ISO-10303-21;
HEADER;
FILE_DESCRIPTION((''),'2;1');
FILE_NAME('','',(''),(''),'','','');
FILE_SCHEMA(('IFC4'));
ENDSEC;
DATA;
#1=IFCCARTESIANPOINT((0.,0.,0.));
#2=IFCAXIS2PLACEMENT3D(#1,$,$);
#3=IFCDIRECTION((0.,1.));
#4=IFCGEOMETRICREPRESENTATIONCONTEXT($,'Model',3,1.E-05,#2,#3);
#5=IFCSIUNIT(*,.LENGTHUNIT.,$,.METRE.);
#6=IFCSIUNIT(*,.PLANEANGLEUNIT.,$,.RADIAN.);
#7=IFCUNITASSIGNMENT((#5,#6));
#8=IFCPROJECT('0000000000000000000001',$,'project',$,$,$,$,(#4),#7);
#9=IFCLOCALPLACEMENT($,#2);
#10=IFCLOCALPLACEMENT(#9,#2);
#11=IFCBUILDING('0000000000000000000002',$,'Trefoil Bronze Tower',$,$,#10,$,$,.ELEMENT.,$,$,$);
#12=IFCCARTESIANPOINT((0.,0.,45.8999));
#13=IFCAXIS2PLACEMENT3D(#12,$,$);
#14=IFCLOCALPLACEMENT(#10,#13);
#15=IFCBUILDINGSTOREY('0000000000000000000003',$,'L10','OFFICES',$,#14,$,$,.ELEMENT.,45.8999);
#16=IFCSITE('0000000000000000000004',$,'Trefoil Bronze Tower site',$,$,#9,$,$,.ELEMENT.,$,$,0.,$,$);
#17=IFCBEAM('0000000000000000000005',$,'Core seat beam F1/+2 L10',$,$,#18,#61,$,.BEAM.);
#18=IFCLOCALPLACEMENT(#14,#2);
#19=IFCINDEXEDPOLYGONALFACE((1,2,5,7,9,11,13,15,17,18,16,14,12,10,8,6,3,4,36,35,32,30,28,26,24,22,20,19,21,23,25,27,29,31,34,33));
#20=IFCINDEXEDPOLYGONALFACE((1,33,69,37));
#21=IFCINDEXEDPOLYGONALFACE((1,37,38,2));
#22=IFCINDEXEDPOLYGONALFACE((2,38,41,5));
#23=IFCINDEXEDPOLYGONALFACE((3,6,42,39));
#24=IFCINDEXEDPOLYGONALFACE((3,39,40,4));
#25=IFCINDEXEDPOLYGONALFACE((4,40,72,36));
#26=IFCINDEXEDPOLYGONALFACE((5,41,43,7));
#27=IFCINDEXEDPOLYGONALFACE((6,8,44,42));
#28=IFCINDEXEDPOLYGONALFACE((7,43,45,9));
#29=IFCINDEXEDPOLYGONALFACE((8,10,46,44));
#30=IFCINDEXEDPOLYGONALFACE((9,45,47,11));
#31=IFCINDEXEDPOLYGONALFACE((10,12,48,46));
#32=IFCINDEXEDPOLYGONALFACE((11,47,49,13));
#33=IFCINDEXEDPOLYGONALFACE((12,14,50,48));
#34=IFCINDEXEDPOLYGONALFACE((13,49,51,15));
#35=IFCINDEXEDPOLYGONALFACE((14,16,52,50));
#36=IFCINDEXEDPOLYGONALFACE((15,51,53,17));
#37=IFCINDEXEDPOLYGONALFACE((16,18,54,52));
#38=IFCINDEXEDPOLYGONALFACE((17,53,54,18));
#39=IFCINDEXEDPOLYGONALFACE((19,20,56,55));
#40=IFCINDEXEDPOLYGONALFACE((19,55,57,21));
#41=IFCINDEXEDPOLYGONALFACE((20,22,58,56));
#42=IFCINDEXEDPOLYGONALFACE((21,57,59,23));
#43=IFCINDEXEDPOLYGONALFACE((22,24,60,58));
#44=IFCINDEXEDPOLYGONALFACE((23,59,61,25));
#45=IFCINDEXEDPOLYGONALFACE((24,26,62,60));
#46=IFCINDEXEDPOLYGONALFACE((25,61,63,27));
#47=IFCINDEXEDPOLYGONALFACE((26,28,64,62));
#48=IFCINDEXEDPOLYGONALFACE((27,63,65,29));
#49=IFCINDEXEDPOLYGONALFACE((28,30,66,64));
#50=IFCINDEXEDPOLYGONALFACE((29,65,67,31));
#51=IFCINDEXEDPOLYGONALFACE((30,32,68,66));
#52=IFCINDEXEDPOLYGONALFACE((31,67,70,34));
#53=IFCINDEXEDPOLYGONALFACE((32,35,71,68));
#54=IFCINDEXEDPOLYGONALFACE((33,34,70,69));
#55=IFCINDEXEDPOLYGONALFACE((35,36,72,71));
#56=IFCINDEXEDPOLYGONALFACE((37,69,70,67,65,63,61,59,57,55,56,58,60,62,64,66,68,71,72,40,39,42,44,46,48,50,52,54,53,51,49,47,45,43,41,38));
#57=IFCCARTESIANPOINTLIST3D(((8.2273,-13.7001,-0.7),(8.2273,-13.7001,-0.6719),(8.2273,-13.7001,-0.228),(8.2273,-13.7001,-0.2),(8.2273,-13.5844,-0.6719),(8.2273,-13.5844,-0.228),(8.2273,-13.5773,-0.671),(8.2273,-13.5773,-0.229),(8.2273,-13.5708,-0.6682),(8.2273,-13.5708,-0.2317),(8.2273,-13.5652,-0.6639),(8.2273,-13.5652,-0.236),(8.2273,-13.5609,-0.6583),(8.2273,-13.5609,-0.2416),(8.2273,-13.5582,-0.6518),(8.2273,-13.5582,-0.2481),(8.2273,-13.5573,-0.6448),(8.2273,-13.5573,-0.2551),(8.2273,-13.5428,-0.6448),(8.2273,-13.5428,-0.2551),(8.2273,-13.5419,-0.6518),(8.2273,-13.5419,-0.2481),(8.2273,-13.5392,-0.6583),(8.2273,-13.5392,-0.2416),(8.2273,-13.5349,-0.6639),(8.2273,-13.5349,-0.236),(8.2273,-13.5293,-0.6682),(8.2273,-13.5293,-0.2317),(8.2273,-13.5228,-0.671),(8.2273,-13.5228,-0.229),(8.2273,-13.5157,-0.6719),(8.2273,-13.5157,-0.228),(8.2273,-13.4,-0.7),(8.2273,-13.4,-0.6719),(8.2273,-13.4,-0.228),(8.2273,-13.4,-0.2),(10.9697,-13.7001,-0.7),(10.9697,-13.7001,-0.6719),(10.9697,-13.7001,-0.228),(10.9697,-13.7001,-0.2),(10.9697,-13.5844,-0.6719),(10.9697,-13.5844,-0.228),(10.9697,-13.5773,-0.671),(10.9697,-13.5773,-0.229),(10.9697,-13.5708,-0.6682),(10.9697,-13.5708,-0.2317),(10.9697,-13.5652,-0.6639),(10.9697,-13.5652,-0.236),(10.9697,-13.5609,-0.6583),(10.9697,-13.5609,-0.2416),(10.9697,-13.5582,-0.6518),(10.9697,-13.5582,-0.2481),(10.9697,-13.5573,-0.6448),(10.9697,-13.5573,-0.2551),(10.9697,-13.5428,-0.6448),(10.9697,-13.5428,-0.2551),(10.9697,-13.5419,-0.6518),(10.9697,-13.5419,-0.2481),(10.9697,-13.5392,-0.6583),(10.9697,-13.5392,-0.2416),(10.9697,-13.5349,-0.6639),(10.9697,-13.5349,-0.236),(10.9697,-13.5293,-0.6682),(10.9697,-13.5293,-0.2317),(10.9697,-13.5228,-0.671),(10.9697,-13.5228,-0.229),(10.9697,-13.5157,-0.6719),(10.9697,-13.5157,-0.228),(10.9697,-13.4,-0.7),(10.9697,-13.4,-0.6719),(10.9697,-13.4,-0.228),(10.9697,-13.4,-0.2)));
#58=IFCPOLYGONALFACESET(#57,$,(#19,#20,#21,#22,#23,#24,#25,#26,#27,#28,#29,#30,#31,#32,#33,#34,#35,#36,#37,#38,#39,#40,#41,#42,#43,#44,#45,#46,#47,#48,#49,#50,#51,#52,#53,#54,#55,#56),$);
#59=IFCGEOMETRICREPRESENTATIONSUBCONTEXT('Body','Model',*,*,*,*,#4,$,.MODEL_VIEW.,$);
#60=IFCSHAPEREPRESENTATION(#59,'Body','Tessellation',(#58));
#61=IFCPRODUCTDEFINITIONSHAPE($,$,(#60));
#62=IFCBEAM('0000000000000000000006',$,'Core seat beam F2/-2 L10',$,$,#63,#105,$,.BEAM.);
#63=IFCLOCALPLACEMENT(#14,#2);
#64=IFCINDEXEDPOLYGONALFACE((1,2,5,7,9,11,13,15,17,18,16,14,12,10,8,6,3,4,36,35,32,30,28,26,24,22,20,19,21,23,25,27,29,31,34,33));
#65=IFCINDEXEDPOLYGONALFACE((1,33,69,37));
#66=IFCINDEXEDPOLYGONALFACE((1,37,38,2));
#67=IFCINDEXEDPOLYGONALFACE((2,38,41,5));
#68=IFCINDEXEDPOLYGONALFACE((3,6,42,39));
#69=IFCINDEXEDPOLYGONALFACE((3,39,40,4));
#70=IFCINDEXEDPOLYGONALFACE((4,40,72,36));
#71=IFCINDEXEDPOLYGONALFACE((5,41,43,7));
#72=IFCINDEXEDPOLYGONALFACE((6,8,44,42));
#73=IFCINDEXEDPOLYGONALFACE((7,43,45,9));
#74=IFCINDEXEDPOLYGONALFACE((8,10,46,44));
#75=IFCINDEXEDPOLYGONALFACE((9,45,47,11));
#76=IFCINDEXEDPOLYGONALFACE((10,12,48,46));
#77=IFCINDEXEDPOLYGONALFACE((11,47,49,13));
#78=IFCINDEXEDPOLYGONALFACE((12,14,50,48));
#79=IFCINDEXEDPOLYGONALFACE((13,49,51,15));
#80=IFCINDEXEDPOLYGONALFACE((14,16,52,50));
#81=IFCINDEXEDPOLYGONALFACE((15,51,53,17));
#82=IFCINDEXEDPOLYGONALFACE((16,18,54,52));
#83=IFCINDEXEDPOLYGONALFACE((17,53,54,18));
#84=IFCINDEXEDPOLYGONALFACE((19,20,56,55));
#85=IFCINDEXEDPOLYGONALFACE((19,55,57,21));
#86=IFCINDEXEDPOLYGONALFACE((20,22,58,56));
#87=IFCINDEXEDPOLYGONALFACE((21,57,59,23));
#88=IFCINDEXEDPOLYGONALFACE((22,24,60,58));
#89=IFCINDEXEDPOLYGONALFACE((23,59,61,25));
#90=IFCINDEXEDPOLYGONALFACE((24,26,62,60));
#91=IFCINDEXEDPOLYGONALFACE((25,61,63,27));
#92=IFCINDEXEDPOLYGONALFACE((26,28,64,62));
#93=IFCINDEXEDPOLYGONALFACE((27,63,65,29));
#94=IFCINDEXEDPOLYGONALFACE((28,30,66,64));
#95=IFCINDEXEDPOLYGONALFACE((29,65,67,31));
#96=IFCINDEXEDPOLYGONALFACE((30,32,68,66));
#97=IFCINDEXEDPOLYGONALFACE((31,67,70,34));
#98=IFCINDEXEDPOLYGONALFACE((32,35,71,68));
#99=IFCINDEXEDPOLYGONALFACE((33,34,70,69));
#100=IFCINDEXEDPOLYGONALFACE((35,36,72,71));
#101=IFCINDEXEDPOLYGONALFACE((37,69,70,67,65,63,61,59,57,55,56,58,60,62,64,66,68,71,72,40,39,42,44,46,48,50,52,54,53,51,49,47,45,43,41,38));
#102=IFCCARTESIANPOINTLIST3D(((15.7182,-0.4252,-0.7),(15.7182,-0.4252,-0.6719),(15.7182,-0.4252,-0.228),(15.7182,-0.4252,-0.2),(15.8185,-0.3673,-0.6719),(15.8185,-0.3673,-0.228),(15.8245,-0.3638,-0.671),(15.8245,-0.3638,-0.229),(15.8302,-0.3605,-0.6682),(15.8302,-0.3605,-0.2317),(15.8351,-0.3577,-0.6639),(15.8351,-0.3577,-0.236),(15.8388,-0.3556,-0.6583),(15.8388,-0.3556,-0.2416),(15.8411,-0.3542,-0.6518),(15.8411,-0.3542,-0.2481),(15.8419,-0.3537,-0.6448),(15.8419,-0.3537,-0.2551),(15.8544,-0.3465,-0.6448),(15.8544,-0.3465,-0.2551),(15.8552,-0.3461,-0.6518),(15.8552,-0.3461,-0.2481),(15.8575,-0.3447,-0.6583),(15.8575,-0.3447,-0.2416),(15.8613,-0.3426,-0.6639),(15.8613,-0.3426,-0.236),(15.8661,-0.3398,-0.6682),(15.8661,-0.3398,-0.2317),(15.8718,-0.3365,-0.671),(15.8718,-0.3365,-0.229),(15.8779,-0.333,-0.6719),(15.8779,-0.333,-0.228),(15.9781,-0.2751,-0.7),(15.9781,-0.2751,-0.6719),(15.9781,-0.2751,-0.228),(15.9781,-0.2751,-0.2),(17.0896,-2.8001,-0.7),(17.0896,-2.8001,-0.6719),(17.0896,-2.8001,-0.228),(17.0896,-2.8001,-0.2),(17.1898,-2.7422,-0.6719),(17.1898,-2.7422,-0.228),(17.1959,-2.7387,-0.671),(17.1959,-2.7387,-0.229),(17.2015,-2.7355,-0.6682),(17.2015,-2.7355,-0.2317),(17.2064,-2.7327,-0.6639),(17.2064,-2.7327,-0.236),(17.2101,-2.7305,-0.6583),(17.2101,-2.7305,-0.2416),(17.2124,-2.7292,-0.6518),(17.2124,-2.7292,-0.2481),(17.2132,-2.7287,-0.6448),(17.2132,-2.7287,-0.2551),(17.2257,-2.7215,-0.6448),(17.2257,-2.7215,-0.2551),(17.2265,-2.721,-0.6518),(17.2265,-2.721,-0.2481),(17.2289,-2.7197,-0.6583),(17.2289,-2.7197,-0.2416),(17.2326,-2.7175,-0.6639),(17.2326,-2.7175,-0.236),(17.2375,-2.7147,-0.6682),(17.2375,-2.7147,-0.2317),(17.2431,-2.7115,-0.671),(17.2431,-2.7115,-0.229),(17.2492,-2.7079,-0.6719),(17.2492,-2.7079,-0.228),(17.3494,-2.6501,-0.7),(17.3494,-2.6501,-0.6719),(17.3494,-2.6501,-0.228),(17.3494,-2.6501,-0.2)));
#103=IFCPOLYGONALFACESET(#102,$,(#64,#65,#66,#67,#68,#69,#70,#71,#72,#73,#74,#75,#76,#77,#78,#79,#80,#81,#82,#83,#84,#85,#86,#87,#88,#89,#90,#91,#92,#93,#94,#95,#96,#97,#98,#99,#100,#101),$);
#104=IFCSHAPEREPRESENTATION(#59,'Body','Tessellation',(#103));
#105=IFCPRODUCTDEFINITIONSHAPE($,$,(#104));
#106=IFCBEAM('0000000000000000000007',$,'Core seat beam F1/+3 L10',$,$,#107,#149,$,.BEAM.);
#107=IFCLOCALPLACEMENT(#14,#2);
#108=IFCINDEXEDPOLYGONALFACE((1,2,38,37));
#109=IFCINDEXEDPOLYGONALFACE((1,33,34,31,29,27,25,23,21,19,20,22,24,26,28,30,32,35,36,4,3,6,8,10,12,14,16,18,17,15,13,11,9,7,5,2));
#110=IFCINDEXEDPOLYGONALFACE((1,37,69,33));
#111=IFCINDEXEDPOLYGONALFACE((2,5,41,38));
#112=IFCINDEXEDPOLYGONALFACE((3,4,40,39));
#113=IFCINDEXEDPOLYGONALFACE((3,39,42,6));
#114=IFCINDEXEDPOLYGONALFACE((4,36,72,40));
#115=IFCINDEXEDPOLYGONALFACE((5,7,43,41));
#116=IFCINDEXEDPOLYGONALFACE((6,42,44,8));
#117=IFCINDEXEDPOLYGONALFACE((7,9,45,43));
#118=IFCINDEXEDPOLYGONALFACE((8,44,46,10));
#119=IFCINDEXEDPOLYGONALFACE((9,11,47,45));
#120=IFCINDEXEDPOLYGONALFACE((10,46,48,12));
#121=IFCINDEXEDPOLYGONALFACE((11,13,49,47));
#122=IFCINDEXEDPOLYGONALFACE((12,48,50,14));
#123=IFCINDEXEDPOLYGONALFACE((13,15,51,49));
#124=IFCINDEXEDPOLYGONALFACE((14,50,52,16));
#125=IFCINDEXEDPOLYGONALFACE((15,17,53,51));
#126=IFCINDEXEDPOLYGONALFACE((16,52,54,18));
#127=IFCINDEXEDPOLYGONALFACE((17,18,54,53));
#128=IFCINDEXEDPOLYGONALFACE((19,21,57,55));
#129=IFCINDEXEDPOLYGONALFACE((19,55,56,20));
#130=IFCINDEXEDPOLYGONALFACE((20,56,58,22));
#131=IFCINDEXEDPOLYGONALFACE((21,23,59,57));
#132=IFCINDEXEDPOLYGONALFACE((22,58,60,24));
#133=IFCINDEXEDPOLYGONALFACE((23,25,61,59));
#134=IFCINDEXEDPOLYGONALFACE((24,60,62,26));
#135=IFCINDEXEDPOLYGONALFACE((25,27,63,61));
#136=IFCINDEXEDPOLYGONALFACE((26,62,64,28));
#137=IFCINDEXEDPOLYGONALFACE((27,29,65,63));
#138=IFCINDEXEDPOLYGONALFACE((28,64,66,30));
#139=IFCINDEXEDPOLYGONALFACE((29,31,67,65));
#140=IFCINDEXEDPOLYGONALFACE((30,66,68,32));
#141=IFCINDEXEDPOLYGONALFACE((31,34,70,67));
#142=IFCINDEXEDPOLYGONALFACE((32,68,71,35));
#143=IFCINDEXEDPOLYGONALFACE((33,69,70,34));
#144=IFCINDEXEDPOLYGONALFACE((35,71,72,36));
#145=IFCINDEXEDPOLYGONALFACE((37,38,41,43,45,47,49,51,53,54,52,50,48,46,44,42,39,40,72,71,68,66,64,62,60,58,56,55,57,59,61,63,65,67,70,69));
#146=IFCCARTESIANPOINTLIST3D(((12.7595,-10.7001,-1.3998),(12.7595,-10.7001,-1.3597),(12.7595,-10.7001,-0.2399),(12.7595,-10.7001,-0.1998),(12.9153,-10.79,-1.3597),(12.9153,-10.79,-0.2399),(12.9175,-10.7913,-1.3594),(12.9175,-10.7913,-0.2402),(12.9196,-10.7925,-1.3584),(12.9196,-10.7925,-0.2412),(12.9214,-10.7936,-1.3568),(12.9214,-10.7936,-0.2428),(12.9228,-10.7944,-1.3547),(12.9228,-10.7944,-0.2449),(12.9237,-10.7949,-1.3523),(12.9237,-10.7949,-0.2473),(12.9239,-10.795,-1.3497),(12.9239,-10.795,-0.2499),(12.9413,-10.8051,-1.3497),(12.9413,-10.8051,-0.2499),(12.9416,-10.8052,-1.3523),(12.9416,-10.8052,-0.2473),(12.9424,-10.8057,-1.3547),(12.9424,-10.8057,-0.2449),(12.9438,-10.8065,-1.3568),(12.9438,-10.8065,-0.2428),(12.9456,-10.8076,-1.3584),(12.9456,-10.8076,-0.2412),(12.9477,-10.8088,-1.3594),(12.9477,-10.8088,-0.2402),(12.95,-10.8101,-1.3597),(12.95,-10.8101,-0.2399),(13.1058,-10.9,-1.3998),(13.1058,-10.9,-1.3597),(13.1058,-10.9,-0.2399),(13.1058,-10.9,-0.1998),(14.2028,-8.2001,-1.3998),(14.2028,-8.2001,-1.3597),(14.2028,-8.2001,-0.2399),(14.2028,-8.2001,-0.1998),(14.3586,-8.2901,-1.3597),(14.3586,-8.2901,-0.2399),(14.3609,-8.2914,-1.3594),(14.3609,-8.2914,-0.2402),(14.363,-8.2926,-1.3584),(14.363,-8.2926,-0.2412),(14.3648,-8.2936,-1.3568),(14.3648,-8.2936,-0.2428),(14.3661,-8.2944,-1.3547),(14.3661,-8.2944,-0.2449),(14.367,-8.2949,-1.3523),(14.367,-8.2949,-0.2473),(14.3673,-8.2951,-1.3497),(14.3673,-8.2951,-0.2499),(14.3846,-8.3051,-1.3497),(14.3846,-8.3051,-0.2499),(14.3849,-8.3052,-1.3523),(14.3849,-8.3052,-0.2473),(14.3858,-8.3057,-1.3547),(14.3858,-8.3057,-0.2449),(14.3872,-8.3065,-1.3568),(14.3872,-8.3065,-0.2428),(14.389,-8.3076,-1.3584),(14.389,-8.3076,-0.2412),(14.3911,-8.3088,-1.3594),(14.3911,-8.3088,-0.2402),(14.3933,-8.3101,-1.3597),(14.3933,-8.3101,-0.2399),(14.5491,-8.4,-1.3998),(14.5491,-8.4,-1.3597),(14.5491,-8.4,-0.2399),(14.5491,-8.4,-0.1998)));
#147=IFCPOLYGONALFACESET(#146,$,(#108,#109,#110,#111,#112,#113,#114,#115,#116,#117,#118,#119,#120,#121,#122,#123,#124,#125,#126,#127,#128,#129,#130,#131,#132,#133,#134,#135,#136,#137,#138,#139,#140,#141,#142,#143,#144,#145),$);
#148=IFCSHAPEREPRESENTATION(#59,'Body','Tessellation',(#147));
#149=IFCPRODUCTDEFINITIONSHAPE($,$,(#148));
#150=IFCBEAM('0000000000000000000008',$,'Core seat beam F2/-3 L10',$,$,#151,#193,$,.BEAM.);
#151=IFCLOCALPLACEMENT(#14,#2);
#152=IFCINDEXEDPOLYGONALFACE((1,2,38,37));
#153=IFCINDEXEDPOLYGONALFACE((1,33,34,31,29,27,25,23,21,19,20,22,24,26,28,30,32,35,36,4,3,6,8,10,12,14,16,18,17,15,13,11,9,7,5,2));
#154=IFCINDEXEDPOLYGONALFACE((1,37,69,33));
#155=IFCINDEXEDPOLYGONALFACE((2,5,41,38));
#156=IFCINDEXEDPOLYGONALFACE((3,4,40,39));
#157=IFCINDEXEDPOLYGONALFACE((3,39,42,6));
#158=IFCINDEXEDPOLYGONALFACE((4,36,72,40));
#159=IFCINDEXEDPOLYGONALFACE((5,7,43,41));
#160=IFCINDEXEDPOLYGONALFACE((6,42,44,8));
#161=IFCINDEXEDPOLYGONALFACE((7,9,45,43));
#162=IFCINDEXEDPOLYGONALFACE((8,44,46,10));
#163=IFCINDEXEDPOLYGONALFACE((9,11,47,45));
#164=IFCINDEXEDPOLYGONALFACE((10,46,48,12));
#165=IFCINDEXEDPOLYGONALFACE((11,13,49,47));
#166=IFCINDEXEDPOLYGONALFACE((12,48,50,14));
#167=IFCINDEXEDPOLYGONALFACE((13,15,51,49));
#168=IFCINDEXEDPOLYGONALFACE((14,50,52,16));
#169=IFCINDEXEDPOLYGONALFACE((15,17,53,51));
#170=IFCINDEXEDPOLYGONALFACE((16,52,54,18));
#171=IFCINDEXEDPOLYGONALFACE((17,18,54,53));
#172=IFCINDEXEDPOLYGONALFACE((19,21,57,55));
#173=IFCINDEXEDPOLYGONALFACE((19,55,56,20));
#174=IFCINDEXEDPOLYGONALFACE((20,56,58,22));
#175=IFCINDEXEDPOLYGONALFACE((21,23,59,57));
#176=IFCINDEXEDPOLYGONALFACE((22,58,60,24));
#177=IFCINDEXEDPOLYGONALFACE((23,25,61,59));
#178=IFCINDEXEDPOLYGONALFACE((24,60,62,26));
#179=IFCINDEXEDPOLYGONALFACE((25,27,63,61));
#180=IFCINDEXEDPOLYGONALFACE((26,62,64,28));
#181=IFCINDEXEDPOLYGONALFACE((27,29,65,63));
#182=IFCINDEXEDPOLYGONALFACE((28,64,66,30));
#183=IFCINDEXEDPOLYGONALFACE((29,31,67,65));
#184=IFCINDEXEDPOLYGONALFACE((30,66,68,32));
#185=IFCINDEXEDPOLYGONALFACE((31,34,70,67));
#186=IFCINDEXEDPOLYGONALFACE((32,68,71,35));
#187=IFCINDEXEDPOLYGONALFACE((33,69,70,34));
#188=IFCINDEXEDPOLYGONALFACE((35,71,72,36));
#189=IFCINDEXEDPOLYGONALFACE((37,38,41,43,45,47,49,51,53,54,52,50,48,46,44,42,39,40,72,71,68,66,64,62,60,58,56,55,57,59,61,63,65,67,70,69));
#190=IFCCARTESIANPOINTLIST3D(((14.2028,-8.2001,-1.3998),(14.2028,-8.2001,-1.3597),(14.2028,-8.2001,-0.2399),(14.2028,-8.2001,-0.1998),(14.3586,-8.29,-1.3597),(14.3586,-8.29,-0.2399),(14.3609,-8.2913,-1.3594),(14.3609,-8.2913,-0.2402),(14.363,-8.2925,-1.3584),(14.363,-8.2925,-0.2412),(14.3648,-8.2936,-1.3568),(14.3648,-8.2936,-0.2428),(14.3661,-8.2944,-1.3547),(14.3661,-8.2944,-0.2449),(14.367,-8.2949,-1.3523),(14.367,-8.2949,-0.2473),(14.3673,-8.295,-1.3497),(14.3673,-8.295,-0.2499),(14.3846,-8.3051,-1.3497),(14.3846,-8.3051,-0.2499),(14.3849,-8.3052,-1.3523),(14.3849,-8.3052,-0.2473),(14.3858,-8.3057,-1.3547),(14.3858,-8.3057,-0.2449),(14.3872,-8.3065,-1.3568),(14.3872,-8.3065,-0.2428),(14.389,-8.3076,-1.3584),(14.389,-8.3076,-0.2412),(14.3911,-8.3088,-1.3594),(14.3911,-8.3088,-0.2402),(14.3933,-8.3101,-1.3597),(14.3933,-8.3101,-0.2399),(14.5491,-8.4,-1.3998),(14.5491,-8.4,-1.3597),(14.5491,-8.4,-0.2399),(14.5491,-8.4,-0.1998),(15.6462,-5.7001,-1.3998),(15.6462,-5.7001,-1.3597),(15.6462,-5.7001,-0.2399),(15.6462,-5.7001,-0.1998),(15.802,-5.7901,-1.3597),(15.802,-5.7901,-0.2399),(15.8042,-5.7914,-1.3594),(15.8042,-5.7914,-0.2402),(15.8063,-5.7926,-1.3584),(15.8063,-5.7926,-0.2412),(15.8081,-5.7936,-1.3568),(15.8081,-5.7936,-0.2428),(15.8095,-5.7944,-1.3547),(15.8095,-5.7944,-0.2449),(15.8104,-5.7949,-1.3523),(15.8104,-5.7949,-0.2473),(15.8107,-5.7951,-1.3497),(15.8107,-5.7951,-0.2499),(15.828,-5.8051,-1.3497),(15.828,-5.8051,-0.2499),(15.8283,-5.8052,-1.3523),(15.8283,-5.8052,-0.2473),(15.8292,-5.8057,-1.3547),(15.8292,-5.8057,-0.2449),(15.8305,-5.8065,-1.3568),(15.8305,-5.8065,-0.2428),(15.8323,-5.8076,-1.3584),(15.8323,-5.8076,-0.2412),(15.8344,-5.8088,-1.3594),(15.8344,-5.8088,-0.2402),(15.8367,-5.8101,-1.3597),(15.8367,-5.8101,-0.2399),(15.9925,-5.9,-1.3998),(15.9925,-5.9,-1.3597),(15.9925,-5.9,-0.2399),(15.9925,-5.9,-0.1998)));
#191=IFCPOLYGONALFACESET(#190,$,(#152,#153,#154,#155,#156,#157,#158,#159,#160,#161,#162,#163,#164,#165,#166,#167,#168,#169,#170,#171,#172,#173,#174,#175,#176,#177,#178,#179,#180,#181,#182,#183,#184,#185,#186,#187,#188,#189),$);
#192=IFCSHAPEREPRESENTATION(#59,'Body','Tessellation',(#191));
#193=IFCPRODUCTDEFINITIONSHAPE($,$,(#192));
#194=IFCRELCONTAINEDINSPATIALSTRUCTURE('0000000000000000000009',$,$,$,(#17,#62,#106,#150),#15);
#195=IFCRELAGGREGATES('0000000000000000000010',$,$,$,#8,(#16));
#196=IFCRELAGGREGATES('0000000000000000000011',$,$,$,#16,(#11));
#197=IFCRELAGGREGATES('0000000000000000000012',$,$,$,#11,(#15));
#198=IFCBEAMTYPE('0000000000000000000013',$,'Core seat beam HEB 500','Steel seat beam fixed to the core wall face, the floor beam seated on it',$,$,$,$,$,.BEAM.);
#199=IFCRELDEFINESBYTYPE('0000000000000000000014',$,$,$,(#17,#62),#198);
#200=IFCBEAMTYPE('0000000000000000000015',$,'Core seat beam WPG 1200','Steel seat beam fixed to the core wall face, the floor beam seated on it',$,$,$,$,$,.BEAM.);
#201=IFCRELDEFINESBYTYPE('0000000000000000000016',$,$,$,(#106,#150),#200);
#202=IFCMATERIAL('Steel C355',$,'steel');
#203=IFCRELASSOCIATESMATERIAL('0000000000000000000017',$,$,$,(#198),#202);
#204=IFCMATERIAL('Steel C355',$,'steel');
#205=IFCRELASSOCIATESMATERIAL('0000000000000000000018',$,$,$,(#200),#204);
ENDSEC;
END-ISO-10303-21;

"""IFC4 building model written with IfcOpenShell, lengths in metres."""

from ifc_helpers import new_model, si_unit, direction, frame, origin, origin_2d, place, context, subcontext, project, spatial, i_section, extrude, material, material_profile, profile_set, type_object, element, save


model = new_model("IFC4")

# Units and contexts
model_context = context("Model", 3, precision=1e-05, world=origin(), true_north=direction((0.0, 1.0)))
body_context = subcontext(model_context, "Body", "Model", "MODEL_VIEW")
ifc_project = project(units=[si_unit("LENGTHUNIT", "METRE"), si_unit("PLANEANGLEUNIT", "RADIAN")], contexts=[model_context])

# Site, building, storey
site_placement = place(None, origin())
site = spatial("IfcSite", under=ifc_project, at=site_placement, Name="Trefoil Bronze Tower site", CompositionType="ELEMENT", RefElevation=0.0)
building_placement = place(site_placement, origin())
building = spatial("IfcBuilding", under=site, at=building_placement, Name="Trefoil Bronze Tower", CompositionType="ELEMENT")
storey_placement = place(building_placement, frame((0.0, 0.0, 45.8999)))
storey = spatial("IfcBuildingStorey", under=building, at=storey_placement, Name="L10", Description="OFFICES", CompositionType="ELEMENT", Elevation=45.8999)

# Beams
ifc_material_1 = material(Name="Steel C355", Category="steel")
ifc_material_profile_1 = material_profile(ifc_material_1, i_section(OverallWidth=0.3, OverallDepth=0.5, WebThickness=0.0144, FlangeThickness=0.0281, FilletRadius=0.0271, at=origin_2d()), Name="HEB 500")
ifc_profile_set_1 = profile_set([ifc_material_profile_1], Name="Steel C355")
beam_type_1 = type_object("IfcBeamType", Name="Core seat beam HEB 500", Description="Steel seat beam fixed to the core wall face, the floor beam seated on it", PredefinedType="BEAM", material=ifc_profile_set_1)
for number, where, z_axis, x_axis, name in (
    (1, (8.2273, -13.55, -0.45), (1.0, 0.0, 0.0), (0.0, 1.0, 0.0), "Core seat beam F1/+2 L10"),
    (2, (17.2195, -2.7251, -0.45), (-0.500036, 0.866005, 0.0), (-0.866005, -0.500036, 0.0), "Core seat beam F2/-2 L10"),
):
    element("IfcBeam", number, at=place(storey_placement, frame(where, z_axis=z_axis, x_axis=x_axis)), inside=storey, type_object=beam_type_1, Name=name, PredefinedType="BEAM", context=body_context, shape_type="SweptSolid", body=[
        extrude(i_section(OverallWidth=0.3, OverallDepth=0.5, WebThickness=0.0144, FlangeThickness=0.0281, FilletRadius=0.0271, at=origin_2d()), origin(), (0.0, 0.0, 1.0), 2.7424),
    ])
ifc_material_2 = material(Name="Steel C355", Category="steel")
ifc_material_profile_2 = material_profile(ifc_material_2, i_section(OverallWidth=0.3999, OverallDepth=1.2, WebThickness=0.02, FlangeThickness=0.04, FilletRadius=0.01, at=origin_2d()), Name="WPG 1200")
ifc_profile_set_2 = profile_set([ifc_material_profile_2], Name="Steel C355")
beam_type_2 = type_object("IfcBeamType", Name="Core seat beam WPG 1200", Description="Steel seat beam fixed to the core wall face, the floor beam seated on it", PredefinedType="BEAM", material=ifc_profile_set_2)
for number, where, z_axis, x_axis, name in (
    (3, (12.9326, -10.8, -0.7998), (0.499996, 0.866028, 0.0), (-0.866028, 0.499996, 0.0), "Core seat beam F1/+3 L10"),
    (4, (14.376, -8.3, -0.7998), (0.499996, 0.866028, 0.0), (-0.866028, 0.499996, 0.0), "Core seat beam F2/-3 L10"),
):
    element("IfcBeam", number, at=place(storey_placement, frame(where, z_axis=z_axis, x_axis=x_axis)), inside=storey, type_object=beam_type_2, Name=name, PredefinedType="BEAM", context=body_context, shape_type="SweptSolid", body=[
        extrude(i_section(OverallWidth=0.3999, OverallDepth=1.2, WebThickness=0.02, FlangeThickness=0.04, FilletRadius=0.01, at=origin_2d()), origin(), (0.0, 0.0, 1.0), 2.8867),
    ])

save(model, "model.ifc")
